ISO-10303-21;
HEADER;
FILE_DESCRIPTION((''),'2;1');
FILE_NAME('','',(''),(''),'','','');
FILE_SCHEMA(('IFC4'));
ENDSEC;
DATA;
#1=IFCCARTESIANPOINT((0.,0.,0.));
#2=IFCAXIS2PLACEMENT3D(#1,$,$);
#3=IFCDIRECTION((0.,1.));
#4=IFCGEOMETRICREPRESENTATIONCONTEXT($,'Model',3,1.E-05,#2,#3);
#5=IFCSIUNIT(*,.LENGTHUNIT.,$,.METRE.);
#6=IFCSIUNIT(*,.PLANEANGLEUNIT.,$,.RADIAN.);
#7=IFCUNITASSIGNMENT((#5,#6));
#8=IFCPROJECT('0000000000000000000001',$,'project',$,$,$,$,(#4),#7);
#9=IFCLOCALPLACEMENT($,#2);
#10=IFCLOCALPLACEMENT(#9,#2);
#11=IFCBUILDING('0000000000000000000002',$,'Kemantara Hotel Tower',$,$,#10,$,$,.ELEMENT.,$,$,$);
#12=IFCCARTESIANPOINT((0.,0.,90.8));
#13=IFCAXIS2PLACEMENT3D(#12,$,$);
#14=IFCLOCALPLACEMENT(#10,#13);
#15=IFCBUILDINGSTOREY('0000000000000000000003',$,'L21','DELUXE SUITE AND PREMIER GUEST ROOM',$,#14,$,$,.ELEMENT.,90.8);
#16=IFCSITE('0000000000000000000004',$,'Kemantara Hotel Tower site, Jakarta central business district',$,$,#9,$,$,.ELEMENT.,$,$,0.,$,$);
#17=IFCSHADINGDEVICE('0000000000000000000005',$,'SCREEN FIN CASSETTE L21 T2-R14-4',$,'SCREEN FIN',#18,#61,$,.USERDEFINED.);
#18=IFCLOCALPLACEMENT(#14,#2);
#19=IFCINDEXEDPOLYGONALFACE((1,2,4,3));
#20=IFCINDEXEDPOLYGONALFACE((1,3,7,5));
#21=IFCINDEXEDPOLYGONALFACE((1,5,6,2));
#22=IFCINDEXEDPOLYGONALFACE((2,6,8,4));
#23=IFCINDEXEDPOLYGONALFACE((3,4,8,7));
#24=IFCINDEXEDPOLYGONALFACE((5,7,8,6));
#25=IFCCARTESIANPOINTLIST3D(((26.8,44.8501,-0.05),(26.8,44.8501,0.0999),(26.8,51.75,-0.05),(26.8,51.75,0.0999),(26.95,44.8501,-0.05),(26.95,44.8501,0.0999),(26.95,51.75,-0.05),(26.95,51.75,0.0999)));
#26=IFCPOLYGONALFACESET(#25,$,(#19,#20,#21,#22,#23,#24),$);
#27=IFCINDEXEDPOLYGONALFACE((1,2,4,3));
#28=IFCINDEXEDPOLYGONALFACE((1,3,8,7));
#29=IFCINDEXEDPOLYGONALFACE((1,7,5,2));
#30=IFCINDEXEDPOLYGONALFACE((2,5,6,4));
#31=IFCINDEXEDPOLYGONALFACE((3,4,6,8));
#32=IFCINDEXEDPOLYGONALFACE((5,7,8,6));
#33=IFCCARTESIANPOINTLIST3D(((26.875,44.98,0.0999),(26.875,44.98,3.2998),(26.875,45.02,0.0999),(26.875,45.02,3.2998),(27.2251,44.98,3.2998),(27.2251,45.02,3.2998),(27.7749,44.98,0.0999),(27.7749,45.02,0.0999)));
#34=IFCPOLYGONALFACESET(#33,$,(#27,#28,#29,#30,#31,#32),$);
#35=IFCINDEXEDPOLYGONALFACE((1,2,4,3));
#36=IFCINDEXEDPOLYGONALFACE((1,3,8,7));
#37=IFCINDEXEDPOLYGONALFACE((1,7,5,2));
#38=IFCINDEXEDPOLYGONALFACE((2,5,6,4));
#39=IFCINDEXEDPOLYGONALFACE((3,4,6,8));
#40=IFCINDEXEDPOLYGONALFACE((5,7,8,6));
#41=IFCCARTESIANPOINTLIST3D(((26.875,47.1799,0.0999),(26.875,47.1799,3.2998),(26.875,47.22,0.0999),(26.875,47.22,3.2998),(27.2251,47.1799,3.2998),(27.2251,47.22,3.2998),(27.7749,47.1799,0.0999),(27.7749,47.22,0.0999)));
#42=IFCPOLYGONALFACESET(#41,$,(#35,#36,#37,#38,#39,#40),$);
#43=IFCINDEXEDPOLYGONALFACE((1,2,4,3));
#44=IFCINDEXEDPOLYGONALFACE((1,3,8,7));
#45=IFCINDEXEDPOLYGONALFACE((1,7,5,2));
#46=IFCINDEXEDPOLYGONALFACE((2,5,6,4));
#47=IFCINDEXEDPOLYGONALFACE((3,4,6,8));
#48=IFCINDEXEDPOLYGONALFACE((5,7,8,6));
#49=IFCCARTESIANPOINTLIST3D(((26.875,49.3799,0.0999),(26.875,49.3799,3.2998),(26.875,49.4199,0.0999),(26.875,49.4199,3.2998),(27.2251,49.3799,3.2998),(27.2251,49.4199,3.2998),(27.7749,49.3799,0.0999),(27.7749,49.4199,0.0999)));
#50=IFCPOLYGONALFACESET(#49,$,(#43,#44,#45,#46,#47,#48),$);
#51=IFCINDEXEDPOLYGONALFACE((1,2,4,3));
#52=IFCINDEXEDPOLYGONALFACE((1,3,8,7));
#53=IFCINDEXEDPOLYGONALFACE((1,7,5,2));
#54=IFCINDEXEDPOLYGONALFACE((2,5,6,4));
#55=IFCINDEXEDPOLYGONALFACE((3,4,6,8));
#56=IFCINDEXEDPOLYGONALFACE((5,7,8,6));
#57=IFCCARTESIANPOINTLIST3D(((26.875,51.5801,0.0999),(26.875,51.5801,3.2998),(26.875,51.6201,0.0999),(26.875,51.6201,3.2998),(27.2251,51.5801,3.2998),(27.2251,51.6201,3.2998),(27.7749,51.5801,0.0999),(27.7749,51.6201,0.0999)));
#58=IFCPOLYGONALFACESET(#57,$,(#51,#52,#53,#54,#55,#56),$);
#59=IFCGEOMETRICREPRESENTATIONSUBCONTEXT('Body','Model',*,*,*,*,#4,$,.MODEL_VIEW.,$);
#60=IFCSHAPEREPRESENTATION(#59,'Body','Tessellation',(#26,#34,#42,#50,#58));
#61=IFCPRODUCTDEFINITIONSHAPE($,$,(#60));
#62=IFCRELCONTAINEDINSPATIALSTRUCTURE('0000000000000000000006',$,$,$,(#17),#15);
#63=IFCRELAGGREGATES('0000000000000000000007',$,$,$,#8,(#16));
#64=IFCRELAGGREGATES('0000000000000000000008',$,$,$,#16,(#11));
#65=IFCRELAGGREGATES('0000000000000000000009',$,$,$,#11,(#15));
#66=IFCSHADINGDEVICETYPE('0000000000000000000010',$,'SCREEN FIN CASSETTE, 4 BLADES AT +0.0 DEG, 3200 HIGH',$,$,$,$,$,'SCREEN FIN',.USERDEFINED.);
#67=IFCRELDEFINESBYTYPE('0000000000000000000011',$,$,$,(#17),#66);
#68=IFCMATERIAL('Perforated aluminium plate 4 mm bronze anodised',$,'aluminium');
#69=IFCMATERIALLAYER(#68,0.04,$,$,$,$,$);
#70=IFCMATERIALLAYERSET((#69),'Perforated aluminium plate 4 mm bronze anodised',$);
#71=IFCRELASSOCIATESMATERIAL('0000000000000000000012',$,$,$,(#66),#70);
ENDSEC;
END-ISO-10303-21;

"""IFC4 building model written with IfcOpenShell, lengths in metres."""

from ifc_helpers import new_model, si_unit, direction, frame, origin, origin_2d, place, context, subcontext, project, spatial, polyline, rectangle, outline, extrude, source, transform, mapped, material, layer, layer_set, type_object, element, save


model = new_model("IFC4")

# Units and contexts
model_context = context("Model", 3, precision=1e-05, world=origin(), true_north=direction((0.0, 1.0)))
body_context = subcontext(model_context, "Body", "Model", "MODEL_VIEW")
ifc_project = project(units=[si_unit("LENGTHUNIT", "METRE"), si_unit("PLANEANGLEUNIT", "RADIAN")], contexts=[model_context])

# Site, building, storey
site_placement = place(None, origin())
site = spatial("IfcSite", under=ifc_project, at=site_placement, Name="Kemantara Hotel Tower site, Jakarta central business district", CompositionType="ELEMENT", RefElevation=0.0)
building_placement = place(site_placement, origin())
building = spatial("IfcBuilding", under=site, at=building_placement, Name="Kemantara Hotel Tower", CompositionType="ELEMENT")
storey_placement = place(building_placement, frame((0.0, 0.0, 90.8)))
storey = spatial("IfcBuildingStorey", under=building, at=storey_placement, Name="L21", Description="DELUXE SUITE AND PREMIER GUEST ROOM", CompositionType="ELEMENT", Elevation=90.8)

# Shading device
ifc_material_1 = material(Name="Perforated aluminium plate 4 mm bronze anodised", Category="aluminium")
ifc_layer_1 = layer(ifc_material_1, 0.04)
ifc_layer_set_1 = layer_set([ifc_layer_1], Name="Perforated aluminium plate 4 mm bronze anodised")
shading_device_type_1 = type_object("IfcShadingDeviceType", Name="SCREEN FIN CASSETTE, 4 BLADES AT +0.0 DEG, 3200 HIGH", ElementType="SCREEN FIN", PredefinedType="USERDEFINED", material=ifc_layer_set_1)
shared_shape_1 = source(origin(), body_context, "Body", "SweptSolid", [
    extrude(rectangle(XDim=6.8999, YDim=0.1499, at=origin_2d()), frame((3.3, -0.075, -0.1499), z_axis=(0.0, 0.0, 1.0), x_axis=(1.0, 0.0, 0.0)), (0.0, 0.0, 1.0), 0.1499),
    extrude(outline(polyline([(0.0, 0.0), (0.8999, 0.0), (0.3501, 3.2), (0.0, 3.2), (0.0, 0.0)])), frame((0.02, -0.075, 0.0), z_axis=(-1.0, 0.0, 0.0), x_axis=(0.0, -1.0, 0.0)), (0.0, 0.0, 1.0), 0.04),
    extrude(outline(polyline([(0.0, 0.0), (0.8999, 0.0), (0.3501, 3.2), (0.0, 3.2), (0.0, 0.0)])), frame((2.22, -0.075, 0.0), z_axis=(-1.0, 0.0, 0.0), x_axis=(0.0, -1.0, 0.0)), (0.0, 0.0, 1.0), 0.04),
    extrude(outline(polyline([(0.0, 0.0), (0.8999, 0.0), (0.3501, 3.2), (0.0, 3.2), (0.0, 0.0)])), frame((4.4199, -0.075, 0.0), z_axis=(-1.0, 0.0, 0.0), x_axis=(0.0, -1.0, 0.0)), (0.0, 0.0, 1.0), 0.04),
    extrude(outline(polyline([(0.0, 0.0), (0.8999, 0.0), (0.3501, 3.2), (0.0, 3.2), (0.0, 0.0)])), frame((6.6201, -0.075, 0.0), z_axis=(-1.0, 0.0, 0.0), x_axis=(0.0, -1.0, 0.0)), (0.0, 0.0, 1.0), 0.04),
])
shading_device_1_placement = place(storey_placement, frame((26.8, 45.0, 0.0999), z_axis=(0.0, 0.0, 1.0), x_axis=(0.0, 1.0, 0.0)))
element("IfcShadingDevice", 1, at=shading_device_1_placement, inside=storey, type_object=shading_device_type_1, Name="SCREEN FIN CASSETTE L21 T2-R14-4", ObjectType="SCREEN FIN", PredefinedType="USERDEFINED", context=body_context, shape_type="MappedRepresentation", body=[
    mapped(shared_shape_1, transform((0.0, 0.0, 0.0))),
])

save(model, "model.ifc")
